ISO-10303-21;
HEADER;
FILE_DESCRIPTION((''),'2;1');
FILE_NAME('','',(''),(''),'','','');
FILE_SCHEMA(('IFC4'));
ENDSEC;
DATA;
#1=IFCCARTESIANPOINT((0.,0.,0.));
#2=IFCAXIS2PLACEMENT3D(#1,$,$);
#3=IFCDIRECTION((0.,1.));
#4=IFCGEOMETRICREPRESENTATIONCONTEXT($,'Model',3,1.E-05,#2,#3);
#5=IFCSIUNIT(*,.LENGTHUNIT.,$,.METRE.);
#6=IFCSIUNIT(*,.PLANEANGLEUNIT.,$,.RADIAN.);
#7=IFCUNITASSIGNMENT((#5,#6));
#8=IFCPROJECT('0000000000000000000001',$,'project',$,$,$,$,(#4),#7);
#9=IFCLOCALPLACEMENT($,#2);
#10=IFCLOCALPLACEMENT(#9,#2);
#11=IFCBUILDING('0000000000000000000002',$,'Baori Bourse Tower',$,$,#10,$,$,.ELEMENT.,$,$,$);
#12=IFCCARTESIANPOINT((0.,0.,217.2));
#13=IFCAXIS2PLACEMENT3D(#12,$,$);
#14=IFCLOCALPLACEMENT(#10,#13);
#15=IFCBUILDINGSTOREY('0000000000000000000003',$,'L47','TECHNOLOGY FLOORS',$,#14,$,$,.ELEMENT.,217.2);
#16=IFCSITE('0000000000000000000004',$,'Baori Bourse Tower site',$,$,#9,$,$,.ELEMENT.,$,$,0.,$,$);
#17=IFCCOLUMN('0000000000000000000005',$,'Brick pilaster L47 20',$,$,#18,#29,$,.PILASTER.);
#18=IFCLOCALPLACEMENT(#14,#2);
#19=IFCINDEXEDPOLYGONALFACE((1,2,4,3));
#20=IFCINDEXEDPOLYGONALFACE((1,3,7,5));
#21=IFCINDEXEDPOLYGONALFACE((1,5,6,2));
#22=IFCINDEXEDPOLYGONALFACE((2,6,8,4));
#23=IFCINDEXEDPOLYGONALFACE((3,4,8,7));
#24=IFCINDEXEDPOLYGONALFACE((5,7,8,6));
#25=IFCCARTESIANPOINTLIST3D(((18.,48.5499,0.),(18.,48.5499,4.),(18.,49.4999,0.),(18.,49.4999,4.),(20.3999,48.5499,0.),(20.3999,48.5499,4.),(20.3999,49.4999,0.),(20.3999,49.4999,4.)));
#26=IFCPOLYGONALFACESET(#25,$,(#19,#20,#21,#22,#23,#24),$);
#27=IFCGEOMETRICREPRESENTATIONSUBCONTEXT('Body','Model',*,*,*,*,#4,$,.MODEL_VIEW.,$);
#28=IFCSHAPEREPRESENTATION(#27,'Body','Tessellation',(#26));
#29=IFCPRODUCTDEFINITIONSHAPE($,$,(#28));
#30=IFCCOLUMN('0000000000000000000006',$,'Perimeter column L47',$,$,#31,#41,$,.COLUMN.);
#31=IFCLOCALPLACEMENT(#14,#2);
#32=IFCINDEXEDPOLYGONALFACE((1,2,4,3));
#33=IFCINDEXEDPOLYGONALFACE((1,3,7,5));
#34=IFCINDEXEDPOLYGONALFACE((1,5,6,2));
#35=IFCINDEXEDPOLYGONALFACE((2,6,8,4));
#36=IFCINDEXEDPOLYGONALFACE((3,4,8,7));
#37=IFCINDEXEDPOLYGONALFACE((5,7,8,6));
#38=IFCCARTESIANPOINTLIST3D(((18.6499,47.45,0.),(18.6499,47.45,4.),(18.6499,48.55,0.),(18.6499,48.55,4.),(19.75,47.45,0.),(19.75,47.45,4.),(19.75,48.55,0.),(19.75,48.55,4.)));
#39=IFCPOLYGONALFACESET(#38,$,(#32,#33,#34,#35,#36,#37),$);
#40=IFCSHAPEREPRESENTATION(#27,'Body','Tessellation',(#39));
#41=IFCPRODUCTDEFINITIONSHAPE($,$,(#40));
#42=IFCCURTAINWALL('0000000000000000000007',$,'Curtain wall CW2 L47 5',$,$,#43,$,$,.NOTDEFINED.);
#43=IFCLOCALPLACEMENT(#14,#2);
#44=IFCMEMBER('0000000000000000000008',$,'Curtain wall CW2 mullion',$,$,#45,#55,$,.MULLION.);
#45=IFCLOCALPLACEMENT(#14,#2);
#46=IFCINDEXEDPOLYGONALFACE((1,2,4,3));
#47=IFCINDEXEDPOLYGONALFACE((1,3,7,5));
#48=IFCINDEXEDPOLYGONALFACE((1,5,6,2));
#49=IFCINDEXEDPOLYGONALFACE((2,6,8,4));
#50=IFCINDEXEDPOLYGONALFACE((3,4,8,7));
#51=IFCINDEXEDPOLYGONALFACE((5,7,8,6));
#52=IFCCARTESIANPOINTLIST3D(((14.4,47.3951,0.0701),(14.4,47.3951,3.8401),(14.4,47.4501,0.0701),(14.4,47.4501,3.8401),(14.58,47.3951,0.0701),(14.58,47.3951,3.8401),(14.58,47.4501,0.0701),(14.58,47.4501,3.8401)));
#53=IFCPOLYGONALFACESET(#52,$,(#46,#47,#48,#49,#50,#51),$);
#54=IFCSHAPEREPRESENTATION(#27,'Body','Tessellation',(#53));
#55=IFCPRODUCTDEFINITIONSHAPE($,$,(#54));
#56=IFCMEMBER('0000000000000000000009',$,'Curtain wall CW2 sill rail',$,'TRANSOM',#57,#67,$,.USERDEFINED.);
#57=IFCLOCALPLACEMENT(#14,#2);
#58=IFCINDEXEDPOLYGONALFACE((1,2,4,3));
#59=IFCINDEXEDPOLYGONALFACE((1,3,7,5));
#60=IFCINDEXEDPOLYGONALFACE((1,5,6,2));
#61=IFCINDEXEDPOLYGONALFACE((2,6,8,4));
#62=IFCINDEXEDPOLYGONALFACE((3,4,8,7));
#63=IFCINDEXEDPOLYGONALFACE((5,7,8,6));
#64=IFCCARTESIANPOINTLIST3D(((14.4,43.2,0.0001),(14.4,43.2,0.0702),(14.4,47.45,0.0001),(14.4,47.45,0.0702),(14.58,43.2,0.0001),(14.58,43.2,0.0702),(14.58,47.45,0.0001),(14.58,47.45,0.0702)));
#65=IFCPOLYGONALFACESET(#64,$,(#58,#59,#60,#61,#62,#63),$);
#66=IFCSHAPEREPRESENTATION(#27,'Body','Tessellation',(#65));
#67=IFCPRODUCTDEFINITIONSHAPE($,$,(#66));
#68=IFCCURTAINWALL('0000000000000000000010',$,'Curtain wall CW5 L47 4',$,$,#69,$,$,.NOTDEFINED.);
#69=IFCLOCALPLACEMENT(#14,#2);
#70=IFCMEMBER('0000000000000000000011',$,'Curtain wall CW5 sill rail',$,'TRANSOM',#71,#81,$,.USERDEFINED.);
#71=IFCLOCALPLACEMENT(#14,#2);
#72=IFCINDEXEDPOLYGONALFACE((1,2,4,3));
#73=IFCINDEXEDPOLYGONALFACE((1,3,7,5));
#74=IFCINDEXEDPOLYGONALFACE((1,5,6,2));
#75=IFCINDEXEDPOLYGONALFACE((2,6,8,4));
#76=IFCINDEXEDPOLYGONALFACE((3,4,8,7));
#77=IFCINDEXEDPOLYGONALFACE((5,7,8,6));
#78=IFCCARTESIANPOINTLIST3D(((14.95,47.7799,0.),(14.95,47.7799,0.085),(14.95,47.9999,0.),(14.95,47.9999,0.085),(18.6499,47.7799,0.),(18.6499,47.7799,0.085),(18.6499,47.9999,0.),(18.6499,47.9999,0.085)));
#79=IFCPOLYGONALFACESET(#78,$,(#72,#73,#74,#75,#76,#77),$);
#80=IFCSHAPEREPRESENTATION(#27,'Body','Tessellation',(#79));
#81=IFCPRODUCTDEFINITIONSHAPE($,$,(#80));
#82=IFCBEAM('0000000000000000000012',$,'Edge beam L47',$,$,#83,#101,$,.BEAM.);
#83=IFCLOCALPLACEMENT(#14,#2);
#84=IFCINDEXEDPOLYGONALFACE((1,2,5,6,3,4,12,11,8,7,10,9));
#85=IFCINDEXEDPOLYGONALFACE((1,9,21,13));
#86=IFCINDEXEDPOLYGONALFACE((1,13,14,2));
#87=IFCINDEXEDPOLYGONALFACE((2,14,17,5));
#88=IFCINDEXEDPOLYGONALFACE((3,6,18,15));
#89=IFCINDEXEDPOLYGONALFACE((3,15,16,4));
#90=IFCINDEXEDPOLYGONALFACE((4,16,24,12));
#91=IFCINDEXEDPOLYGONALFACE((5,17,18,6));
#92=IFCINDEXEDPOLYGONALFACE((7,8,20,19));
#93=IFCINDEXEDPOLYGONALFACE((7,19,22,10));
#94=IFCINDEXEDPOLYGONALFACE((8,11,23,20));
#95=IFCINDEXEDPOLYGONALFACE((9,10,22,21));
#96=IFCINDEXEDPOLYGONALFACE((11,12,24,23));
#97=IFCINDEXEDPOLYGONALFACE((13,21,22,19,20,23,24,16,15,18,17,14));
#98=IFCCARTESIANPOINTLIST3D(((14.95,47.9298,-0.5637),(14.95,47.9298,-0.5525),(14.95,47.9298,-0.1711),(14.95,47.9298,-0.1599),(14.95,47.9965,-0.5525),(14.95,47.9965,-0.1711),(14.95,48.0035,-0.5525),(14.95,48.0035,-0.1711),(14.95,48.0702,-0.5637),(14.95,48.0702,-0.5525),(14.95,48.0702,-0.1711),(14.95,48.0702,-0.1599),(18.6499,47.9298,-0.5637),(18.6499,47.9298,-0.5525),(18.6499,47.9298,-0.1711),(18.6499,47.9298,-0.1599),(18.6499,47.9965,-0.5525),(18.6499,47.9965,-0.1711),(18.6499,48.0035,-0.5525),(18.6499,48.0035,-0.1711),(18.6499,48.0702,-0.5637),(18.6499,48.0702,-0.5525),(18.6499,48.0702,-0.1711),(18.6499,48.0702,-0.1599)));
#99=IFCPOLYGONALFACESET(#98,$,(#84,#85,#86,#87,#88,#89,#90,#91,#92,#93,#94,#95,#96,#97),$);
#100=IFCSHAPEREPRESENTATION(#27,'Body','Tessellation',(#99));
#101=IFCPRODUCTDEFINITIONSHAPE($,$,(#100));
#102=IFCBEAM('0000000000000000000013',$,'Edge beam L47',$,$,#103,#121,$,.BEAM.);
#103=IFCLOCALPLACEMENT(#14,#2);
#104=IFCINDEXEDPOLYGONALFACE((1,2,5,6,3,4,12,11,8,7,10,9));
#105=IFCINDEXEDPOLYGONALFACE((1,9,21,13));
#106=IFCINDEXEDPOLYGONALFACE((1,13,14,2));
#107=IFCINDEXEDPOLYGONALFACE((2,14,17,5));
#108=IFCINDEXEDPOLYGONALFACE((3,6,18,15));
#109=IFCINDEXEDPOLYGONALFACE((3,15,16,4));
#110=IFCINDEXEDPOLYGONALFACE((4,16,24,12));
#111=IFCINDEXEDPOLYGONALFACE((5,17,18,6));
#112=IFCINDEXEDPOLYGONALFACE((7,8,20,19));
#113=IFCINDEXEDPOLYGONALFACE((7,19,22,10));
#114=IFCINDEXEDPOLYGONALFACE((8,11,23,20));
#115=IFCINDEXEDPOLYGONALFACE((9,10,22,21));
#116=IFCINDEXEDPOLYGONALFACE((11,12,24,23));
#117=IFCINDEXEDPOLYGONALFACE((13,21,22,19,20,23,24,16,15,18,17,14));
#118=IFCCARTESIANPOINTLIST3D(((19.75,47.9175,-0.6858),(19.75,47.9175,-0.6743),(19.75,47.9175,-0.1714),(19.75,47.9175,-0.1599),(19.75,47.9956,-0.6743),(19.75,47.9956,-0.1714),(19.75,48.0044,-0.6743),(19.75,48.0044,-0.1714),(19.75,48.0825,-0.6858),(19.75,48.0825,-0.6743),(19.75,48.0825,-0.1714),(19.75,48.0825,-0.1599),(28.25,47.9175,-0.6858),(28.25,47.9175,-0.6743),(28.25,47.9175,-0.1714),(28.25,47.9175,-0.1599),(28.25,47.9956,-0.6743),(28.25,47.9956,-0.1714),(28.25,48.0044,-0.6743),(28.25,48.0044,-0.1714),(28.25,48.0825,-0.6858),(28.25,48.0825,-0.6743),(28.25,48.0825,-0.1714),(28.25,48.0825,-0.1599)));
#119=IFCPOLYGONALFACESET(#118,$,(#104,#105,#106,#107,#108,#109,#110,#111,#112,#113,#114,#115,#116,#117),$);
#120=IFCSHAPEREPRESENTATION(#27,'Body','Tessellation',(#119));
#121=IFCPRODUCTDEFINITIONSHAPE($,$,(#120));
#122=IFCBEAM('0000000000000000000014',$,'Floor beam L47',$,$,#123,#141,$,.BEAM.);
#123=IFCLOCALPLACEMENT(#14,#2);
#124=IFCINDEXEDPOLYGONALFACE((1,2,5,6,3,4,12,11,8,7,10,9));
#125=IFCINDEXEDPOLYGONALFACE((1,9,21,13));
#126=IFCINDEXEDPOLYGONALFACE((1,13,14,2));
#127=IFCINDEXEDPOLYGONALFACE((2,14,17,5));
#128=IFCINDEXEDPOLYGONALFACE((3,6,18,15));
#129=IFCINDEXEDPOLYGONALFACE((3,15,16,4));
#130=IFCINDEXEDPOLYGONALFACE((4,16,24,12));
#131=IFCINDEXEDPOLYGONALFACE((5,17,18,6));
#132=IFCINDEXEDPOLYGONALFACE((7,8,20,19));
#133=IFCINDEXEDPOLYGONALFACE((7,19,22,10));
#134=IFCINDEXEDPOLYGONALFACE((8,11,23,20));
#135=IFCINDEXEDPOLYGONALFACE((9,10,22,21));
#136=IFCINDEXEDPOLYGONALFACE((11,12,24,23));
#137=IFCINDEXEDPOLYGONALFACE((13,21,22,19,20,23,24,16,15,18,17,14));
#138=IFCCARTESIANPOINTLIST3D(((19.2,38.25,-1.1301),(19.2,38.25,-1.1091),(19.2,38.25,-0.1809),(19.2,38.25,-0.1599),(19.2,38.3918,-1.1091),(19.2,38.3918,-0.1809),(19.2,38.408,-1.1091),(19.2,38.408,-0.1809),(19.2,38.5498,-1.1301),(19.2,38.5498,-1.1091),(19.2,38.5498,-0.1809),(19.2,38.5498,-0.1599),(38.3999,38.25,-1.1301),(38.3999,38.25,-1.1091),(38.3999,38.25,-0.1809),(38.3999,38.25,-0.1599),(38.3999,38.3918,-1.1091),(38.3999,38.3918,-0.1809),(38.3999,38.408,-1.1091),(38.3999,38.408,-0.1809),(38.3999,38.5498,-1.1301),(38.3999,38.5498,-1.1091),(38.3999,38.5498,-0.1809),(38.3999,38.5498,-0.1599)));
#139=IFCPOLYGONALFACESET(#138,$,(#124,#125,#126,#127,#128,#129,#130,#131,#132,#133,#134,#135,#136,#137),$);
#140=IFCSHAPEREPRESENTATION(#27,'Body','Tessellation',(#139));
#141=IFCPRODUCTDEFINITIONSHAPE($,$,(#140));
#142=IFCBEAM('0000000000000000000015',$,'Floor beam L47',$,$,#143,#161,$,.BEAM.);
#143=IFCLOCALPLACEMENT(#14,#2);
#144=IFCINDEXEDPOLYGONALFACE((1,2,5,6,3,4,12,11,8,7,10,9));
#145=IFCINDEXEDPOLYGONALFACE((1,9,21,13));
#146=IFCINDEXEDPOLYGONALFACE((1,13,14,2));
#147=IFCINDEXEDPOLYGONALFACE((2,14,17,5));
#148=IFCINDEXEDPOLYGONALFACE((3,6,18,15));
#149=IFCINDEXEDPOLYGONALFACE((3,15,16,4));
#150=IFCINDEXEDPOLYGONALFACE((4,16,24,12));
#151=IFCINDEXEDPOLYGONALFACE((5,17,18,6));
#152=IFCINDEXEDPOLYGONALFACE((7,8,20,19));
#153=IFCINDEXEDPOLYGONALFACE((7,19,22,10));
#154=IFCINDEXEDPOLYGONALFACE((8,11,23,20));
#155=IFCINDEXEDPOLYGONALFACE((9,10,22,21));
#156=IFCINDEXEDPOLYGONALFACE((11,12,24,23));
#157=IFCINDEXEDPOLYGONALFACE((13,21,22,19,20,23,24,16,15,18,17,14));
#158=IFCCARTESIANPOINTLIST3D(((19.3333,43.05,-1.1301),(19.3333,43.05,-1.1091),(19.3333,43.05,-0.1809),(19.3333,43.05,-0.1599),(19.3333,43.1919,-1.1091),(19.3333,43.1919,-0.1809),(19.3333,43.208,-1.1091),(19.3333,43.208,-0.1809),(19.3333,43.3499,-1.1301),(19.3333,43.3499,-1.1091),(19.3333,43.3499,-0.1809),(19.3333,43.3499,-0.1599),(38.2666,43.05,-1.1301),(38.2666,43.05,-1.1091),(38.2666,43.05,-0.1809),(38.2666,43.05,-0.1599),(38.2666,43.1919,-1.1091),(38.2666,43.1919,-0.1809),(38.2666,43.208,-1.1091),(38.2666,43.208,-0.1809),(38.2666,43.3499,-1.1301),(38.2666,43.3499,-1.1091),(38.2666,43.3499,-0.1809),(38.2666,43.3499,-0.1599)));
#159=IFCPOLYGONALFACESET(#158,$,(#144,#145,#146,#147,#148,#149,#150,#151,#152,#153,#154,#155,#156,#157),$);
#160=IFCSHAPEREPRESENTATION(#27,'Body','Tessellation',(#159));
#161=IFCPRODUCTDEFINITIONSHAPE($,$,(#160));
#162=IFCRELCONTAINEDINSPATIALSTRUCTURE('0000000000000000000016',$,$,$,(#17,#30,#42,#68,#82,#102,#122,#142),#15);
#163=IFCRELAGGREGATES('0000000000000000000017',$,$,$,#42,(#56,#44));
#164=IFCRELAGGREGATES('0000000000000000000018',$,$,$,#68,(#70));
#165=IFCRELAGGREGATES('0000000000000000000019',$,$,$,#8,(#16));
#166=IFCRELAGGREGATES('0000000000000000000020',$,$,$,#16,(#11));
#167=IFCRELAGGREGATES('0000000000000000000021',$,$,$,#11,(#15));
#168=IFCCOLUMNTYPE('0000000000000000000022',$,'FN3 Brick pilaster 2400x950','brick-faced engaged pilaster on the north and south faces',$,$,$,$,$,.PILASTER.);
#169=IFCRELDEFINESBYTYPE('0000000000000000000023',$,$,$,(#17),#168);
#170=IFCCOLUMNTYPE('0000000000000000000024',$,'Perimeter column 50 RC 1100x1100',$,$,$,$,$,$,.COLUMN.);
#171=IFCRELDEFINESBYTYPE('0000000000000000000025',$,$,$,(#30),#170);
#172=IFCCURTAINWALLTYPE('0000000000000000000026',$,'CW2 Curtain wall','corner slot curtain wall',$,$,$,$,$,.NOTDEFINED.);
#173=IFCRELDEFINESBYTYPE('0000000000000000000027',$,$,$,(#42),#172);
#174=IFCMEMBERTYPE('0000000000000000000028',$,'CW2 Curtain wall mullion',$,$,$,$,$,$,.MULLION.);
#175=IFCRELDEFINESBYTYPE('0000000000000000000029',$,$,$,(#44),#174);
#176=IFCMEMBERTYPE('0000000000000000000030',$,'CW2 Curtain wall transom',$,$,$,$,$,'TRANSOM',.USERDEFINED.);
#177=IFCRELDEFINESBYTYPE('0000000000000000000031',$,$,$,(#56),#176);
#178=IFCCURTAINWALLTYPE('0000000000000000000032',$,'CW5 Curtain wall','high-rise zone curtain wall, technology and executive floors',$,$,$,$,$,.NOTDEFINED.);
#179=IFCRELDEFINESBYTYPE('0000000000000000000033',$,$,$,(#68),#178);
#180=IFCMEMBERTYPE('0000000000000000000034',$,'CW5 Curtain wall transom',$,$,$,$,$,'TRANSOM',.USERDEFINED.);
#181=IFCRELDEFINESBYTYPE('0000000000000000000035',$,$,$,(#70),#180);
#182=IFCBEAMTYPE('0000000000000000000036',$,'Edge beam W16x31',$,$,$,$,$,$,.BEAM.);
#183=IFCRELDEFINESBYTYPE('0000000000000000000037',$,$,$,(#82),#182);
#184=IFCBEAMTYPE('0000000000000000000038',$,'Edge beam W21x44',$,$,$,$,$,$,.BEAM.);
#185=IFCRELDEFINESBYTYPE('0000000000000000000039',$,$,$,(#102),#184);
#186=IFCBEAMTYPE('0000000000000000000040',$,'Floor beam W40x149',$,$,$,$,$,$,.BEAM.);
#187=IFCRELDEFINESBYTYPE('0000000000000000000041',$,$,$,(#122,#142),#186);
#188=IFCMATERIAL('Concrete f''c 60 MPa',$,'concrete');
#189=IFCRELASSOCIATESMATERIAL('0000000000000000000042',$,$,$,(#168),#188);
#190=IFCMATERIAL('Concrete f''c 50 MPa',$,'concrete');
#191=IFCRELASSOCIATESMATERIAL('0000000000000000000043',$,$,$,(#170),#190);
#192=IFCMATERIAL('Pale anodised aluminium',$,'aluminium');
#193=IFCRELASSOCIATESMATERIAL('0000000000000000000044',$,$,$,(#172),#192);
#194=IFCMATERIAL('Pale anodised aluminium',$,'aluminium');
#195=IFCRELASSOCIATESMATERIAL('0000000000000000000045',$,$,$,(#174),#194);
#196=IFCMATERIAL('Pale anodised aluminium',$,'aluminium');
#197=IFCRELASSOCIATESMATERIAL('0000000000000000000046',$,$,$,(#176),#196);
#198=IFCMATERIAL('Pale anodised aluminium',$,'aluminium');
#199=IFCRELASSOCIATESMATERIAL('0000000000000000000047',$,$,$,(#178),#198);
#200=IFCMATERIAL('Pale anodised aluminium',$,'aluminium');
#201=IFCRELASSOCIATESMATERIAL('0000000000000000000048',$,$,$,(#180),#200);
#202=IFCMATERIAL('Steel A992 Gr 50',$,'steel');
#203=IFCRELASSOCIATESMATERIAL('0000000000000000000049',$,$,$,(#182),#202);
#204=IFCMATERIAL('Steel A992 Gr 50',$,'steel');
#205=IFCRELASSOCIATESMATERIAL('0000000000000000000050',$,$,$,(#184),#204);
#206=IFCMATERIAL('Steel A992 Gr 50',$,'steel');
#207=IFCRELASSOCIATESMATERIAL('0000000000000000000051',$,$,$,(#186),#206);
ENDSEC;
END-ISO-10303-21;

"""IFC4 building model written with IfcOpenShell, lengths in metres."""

from ifc_helpers import new_model, si_unit, direction, frame, origin, origin_2d, place, context, subcontext, project, spatial, rectangle, i_section, extrude, material, material_profile, profile_set, type_object, element, aggregate, save


model = new_model("IFC4")

# Units and contexts
model_context = context("Model", 3, precision=1e-05, world=origin(), true_north=direction((0.0, 1.0)))
body_context = subcontext(model_context, "Body", "Model", "MODEL_VIEW")
ifc_project = project(units=[si_unit("LENGTHUNIT", "METRE"), si_unit("PLANEANGLEUNIT", "RADIAN")], contexts=[model_context])

# Site, building, storey
site_placement = place(None, origin())
site = spatial("IfcSite", under=ifc_project, at=site_placement, Name="Baori Bourse Tower site", CompositionType="ELEMENT", RefElevation=0.0)
building_placement = place(site_placement, origin())
building = spatial("IfcBuilding", under=site, at=building_placement, Name="Baori Bourse Tower", CompositionType="ELEMENT")
storey_placement = place(building_placement, frame((0.0, 0.0, 217.2)))
storey = spatial("IfcBuildingStorey", under=building, at=storey_placement, Name="L47", Description="TECHNOLOGY FLOORS", CompositionType="ELEMENT", Elevation=217.2)

# Columns
ifc_material_1 = material(Name="Concrete f'c 60 MPa", Category="concrete")
ifc_material_profile_1 = material_profile(ifc_material_1, rectangle(XDim=2.3999, YDim=0.95, at=origin_2d()), Name="RC 2400x950")
ifc_profile_set_1 = profile_set([ifc_material_profile_1], Name="Concrete f'c 60 MPa")
column_type_1 = type_object("IfcColumnType", Name="FN3 Brick pilaster 2400x950", Description="brick-faced engaged pilaster on the north and south faces", PredefinedType="PILASTER", material=ifc_profile_set_1)
column_1_placement = place(storey_placement, frame((19.2, 49.0249, 0.0), z_axis=(0.0, 0.0, 1.0), x_axis=(1.0, 0.0, 0.0)))
element("IfcColumn", 1, at=column_1_placement, inside=storey, type_object=column_type_1, Name="Brick pilaster L47 20", PredefinedType="PILASTER", context=body_context, shape_type="SweptSolid", body=[
    extrude(rectangle(XDim=2.3999, YDim=0.95, at=origin_2d()), origin(), (0.0, 0.0, 1.0), 4.0),
])
ifc_material_2 = material(Name="Concrete f'c 50 MPa", Category="concrete")
ifc_material_profile_2 = material_profile(ifc_material_2, rectangle(XDim=1.1001, YDim=1.1001, at=origin_2d()), Name="RC 1100x1100")
ifc_profile_set_2 = profile_set([ifc_material_profile_2], Name="Concrete f'c 50 MPa")
column_type_2 = type_object("IfcColumnType", Name="Perimeter column 50 RC 1100x1100", PredefinedType="COLUMN", material=ifc_profile_set_2)
column_2_placement = place(storey_placement, frame((19.2, 48.0, 0.0), z_axis=(0.0, 0.0, 1.0), x_axis=(1.0, 0.0, 0.0)))
element("IfcColumn", 2, at=column_2_placement, inside=storey, type_object=column_type_2, Name="Perimeter column L47", PredefinedType="COLUMN", context=body_context, shape_type="SweptSolid", body=[
    extrude(rectangle(XDim=1.1001, YDim=1.1001, at=origin_2d()), origin(), (0.0, 0.0, 1.0), 4.0),
])

# Curtain wall, members
ifc_material_3 = material(Name="Pale anodised aluminium", Category="aluminium")
curtain_wall_type_1 = type_object("IfcCurtainWallType", Name="CW2 Curtain wall", Description="corner slot curtain wall", PredefinedType="NOTDEFINED", material=ifc_material_3)
curtain_wall_1_placement = place(storey_placement, origin())
curtain_wall_1 = element("IfcCurtainWall", 3, at=curtain_wall_1_placement, inside=storey, type_object=curtain_wall_type_1, Name="Curtain wall CW2 L47 5", PredefinedType="NOTDEFINED")
ifc_material_4 = material(Name="Pale anodised aluminium", Category="aluminium")
ifc_material_profile_3 = material_profile(ifc_material_4, rectangle(XDim=0.1799, YDim=0.0549, at=origin_2d()), Name="Mullion 55x180")
ifc_profile_set_3 = profile_set([ifc_material_profile_3], Name="Pale anodised aluminium")
member_type_1 = type_object("IfcMemberType", Name="CW2 Curtain wall mullion", PredefinedType="MULLION", material=ifc_profile_set_3)
member_1_placement = place(storey_placement, frame((14.49, 47.4226, 0.0701), z_axis=(0.0, 0.0, 1.0), x_axis=(1.0, 0.0, 0.0)))
member_1 = element("IfcMember", 4, at=member_1_placement, type_object=member_type_1, Name="Curtain wall CW2 mullion", PredefinedType="MULLION", context=body_context, shape_type="SweptSolid", body=[
    extrude(rectangle(XDim=0.1799, YDim=0.0549, at=origin_2d()), origin(), (0.0, 0.0, 1.0), 3.77),
])
ifc_material_5 = material(Name="Pale anodised aluminium", Category="aluminium")
ifc_material_profile_4 = material_profile(ifc_material_5, rectangle(XDim=0.1799, YDim=0.0701, at=origin_2d()), Name="Transom 70x180")
ifc_profile_set_4 = profile_set([ifc_material_profile_4], Name="Pale anodised aluminium")
member_type_2 = type_object("IfcMemberType", Name="CW2 Curtain wall transom", ElementType="TRANSOM", PredefinedType="USERDEFINED", material=ifc_profile_set_4)
member_2_placement = place(storey_placement, frame((14.49, 47.45, 0.0352), z_axis=(0.0, -1.0, 0.0), x_axis=(1.0, 0.0, 0.0)))
member_2 = element("IfcMember", 5, at=member_2_placement, type_object=member_type_2, Name="Curtain wall CW2 sill rail", ObjectType="TRANSOM", PredefinedType="USERDEFINED", context=body_context, shape_type="SweptSolid", body=[
    extrude(rectangle(XDim=0.1799, YDim=0.0701, at=origin_2d()), origin(), (0.0, 0.0, 1.0), 4.25),
])

# Curtain wall, member
ifc_material_6 = material(Name="Pale anodised aluminium", Category="aluminium")
curtain_wall_type_2 = type_object("IfcCurtainWallType", Name="CW5 Curtain wall", Description="high-rise zone curtain wall, technology and executive floors", PredefinedType="NOTDEFINED", material=ifc_material_6)
curtain_wall_2_placement = place(storey_placement, origin())
curtain_wall_2 = element("IfcCurtainWall", 6, at=curtain_wall_2_placement, inside=storey, type_object=curtain_wall_type_2, Name="Curtain wall CW5 L47 4", PredefinedType="NOTDEFINED")
ifc_material_7 = material(Name="Pale anodised aluminium", Category="aluminium")
ifc_material_profile_5 = material_profile(ifc_material_7, rectangle(XDim=0.22, YDim=0.085, at=origin_2d()), Name="Transom 85x220")
ifc_profile_set_5 = profile_set([ifc_material_profile_5], Name="Pale anodised aluminium")
member_type_3 = type_object("IfcMemberType", Name="CW5 Curtain wall transom", ElementType="TRANSOM", PredefinedType="USERDEFINED", material=ifc_profile_set_5)
member_3_placement = place(storey_placement, frame((18.6499, 47.8899, 0.0425), z_axis=(-1.0, 0.0, 0.0), x_axis=(0.0, -1.0, 0.0)))
member_3 = element("IfcMember", 7, at=member_3_placement, type_object=member_type_3, Name="Curtain wall CW5 sill rail", ObjectType="TRANSOM", PredefinedType="USERDEFINED", context=body_context, shape_type="SweptSolid", body=[
    extrude(rectangle(XDim=0.22, YDim=0.085, at=origin_2d()), origin(), (0.0, 0.0, 1.0), 3.7),
])

# Beams
ifc_material_8 = material(Name="Steel A992 Gr 50", Category="steel")
ifc_material_profile_6 = material_profile(ifc_material_8, i_section(OverallWidth=0.1404, OverallDepth=0.4038, WebThickness=0.0071, FlangeThickness=0.0112, at=origin_2d()), Name="W16x31")
ifc_profile_set_6 = profile_set([ifc_material_profile_6], Name="Steel A992 Gr 50")
beam_type_1 = type_object("IfcBeamType", Name="Edge beam W16x31", PredefinedType="BEAM", material=ifc_profile_set_6)
beam_1_placement = place(storey_placement, frame((14.95, 48.0, -0.3618), z_axis=(1.0, 0.0, 0.0), x_axis=(0.0, 1.0, 0.0)))
element("IfcBeam", 8, at=beam_1_placement, inside=storey, type_object=beam_type_1, Name="Edge beam L47", PredefinedType="BEAM", context=body_context, shape_type="SweptSolid", body=[
    extrude(i_section(OverallWidth=0.1404, OverallDepth=0.4038, WebThickness=0.0071, FlangeThickness=0.0112, at=origin_2d()), origin(), (0.0, 0.0, 1.0), 3.7),
])
ifc_material_9 = material(Name="Steel A992 Gr 50", Category="steel")
ifc_material_profile_7 = material_profile(ifc_material_9, i_section(OverallWidth=0.165, OverallDepth=0.5259, WebThickness=0.0088, FlangeThickness=0.0115, at=origin_2d()), Name="W21x44")
ifc_profile_set_7 = profile_set([ifc_material_profile_7], Name="Steel A992 Gr 50")
beam_type_2 = type_object("IfcBeamType", Name="Edge beam W21x44", PredefinedType="BEAM", material=ifc_profile_set_7)
beam_2_placement = place(storey_placement, frame((19.75, 48.0, -0.4229), z_axis=(1.0, 0.0, 0.0), x_axis=(0.0, 1.0, 0.0)))
element("IfcBeam", 9, at=beam_2_placement, inside=storey, type_object=beam_type_2, Name="Edge beam L47", PredefinedType="BEAM", context=body_context, shape_type="SweptSolid", body=[
    extrude(i_section(OverallWidth=0.165, OverallDepth=0.5259, WebThickness=0.0088, FlangeThickness=0.0115, at=origin_2d()), origin(), (0.0, 0.0, 1.0), 8.5),
])
ifc_material_10 = material(Name="Steel A992 Gr 50", Category="steel")
ifc_material_profile_8 = material_profile(ifc_material_10, i_section(OverallWidth=0.2998, OverallDepth=0.9702, WebThickness=0.0161, FlangeThickness=0.021, at=origin_2d()), Name="W40x149")
ifc_profile_set_8 = profile_set([ifc_material_profile_8], Name="Steel A992 Gr 50")
beam_type_3 = type_object("IfcBeamType", Name="Floor beam W40x149", PredefinedType="BEAM", material=ifc_profile_set_8)
beam_3_placement = place(storey_placement, frame((19.2, 38.3999, -0.645), z_axis=(1.0, 0.0, 0.0), x_axis=(0.0, 1.0, 0.0)))
element("IfcBeam", 10, at=beam_3_placement, inside=storey, type_object=beam_type_3, Name="Floor beam L47", PredefinedType="BEAM", context=body_context, shape_type="SweptSolid", body=[
    extrude(i_section(OverallWidth=0.2998, OverallDepth=0.9702, WebThickness=0.0161, FlangeThickness=0.021, at=origin_2d()), origin(), (0.0, 0.0, 1.0), 19.2),
])
beam_4_placement = place(storey_placement, frame((19.3333, 43.2, -0.645), z_axis=(1.0, 0.0, 0.0), x_axis=(0.0, 1.0, 0.0)))
element("IfcBeam", 11, at=beam_4_placement, inside=storey, type_object=beam_type_3, Name="Floor beam L47", PredefinedType="BEAM", context=body_context, shape_type="SweptSolid", body=[
    extrude(i_section(OverallWidth=0.2998, OverallDepth=0.9702, WebThickness=0.0161, FlangeThickness=0.021, at=origin_2d()), origin(), (0.0, 0.0, 1.0), 18.9333),
])

aggregate(curtain_wall_1, [member_2, member_1])
aggregate(curtain_wall_2, [member_3])

save(model, "model.ifc")
